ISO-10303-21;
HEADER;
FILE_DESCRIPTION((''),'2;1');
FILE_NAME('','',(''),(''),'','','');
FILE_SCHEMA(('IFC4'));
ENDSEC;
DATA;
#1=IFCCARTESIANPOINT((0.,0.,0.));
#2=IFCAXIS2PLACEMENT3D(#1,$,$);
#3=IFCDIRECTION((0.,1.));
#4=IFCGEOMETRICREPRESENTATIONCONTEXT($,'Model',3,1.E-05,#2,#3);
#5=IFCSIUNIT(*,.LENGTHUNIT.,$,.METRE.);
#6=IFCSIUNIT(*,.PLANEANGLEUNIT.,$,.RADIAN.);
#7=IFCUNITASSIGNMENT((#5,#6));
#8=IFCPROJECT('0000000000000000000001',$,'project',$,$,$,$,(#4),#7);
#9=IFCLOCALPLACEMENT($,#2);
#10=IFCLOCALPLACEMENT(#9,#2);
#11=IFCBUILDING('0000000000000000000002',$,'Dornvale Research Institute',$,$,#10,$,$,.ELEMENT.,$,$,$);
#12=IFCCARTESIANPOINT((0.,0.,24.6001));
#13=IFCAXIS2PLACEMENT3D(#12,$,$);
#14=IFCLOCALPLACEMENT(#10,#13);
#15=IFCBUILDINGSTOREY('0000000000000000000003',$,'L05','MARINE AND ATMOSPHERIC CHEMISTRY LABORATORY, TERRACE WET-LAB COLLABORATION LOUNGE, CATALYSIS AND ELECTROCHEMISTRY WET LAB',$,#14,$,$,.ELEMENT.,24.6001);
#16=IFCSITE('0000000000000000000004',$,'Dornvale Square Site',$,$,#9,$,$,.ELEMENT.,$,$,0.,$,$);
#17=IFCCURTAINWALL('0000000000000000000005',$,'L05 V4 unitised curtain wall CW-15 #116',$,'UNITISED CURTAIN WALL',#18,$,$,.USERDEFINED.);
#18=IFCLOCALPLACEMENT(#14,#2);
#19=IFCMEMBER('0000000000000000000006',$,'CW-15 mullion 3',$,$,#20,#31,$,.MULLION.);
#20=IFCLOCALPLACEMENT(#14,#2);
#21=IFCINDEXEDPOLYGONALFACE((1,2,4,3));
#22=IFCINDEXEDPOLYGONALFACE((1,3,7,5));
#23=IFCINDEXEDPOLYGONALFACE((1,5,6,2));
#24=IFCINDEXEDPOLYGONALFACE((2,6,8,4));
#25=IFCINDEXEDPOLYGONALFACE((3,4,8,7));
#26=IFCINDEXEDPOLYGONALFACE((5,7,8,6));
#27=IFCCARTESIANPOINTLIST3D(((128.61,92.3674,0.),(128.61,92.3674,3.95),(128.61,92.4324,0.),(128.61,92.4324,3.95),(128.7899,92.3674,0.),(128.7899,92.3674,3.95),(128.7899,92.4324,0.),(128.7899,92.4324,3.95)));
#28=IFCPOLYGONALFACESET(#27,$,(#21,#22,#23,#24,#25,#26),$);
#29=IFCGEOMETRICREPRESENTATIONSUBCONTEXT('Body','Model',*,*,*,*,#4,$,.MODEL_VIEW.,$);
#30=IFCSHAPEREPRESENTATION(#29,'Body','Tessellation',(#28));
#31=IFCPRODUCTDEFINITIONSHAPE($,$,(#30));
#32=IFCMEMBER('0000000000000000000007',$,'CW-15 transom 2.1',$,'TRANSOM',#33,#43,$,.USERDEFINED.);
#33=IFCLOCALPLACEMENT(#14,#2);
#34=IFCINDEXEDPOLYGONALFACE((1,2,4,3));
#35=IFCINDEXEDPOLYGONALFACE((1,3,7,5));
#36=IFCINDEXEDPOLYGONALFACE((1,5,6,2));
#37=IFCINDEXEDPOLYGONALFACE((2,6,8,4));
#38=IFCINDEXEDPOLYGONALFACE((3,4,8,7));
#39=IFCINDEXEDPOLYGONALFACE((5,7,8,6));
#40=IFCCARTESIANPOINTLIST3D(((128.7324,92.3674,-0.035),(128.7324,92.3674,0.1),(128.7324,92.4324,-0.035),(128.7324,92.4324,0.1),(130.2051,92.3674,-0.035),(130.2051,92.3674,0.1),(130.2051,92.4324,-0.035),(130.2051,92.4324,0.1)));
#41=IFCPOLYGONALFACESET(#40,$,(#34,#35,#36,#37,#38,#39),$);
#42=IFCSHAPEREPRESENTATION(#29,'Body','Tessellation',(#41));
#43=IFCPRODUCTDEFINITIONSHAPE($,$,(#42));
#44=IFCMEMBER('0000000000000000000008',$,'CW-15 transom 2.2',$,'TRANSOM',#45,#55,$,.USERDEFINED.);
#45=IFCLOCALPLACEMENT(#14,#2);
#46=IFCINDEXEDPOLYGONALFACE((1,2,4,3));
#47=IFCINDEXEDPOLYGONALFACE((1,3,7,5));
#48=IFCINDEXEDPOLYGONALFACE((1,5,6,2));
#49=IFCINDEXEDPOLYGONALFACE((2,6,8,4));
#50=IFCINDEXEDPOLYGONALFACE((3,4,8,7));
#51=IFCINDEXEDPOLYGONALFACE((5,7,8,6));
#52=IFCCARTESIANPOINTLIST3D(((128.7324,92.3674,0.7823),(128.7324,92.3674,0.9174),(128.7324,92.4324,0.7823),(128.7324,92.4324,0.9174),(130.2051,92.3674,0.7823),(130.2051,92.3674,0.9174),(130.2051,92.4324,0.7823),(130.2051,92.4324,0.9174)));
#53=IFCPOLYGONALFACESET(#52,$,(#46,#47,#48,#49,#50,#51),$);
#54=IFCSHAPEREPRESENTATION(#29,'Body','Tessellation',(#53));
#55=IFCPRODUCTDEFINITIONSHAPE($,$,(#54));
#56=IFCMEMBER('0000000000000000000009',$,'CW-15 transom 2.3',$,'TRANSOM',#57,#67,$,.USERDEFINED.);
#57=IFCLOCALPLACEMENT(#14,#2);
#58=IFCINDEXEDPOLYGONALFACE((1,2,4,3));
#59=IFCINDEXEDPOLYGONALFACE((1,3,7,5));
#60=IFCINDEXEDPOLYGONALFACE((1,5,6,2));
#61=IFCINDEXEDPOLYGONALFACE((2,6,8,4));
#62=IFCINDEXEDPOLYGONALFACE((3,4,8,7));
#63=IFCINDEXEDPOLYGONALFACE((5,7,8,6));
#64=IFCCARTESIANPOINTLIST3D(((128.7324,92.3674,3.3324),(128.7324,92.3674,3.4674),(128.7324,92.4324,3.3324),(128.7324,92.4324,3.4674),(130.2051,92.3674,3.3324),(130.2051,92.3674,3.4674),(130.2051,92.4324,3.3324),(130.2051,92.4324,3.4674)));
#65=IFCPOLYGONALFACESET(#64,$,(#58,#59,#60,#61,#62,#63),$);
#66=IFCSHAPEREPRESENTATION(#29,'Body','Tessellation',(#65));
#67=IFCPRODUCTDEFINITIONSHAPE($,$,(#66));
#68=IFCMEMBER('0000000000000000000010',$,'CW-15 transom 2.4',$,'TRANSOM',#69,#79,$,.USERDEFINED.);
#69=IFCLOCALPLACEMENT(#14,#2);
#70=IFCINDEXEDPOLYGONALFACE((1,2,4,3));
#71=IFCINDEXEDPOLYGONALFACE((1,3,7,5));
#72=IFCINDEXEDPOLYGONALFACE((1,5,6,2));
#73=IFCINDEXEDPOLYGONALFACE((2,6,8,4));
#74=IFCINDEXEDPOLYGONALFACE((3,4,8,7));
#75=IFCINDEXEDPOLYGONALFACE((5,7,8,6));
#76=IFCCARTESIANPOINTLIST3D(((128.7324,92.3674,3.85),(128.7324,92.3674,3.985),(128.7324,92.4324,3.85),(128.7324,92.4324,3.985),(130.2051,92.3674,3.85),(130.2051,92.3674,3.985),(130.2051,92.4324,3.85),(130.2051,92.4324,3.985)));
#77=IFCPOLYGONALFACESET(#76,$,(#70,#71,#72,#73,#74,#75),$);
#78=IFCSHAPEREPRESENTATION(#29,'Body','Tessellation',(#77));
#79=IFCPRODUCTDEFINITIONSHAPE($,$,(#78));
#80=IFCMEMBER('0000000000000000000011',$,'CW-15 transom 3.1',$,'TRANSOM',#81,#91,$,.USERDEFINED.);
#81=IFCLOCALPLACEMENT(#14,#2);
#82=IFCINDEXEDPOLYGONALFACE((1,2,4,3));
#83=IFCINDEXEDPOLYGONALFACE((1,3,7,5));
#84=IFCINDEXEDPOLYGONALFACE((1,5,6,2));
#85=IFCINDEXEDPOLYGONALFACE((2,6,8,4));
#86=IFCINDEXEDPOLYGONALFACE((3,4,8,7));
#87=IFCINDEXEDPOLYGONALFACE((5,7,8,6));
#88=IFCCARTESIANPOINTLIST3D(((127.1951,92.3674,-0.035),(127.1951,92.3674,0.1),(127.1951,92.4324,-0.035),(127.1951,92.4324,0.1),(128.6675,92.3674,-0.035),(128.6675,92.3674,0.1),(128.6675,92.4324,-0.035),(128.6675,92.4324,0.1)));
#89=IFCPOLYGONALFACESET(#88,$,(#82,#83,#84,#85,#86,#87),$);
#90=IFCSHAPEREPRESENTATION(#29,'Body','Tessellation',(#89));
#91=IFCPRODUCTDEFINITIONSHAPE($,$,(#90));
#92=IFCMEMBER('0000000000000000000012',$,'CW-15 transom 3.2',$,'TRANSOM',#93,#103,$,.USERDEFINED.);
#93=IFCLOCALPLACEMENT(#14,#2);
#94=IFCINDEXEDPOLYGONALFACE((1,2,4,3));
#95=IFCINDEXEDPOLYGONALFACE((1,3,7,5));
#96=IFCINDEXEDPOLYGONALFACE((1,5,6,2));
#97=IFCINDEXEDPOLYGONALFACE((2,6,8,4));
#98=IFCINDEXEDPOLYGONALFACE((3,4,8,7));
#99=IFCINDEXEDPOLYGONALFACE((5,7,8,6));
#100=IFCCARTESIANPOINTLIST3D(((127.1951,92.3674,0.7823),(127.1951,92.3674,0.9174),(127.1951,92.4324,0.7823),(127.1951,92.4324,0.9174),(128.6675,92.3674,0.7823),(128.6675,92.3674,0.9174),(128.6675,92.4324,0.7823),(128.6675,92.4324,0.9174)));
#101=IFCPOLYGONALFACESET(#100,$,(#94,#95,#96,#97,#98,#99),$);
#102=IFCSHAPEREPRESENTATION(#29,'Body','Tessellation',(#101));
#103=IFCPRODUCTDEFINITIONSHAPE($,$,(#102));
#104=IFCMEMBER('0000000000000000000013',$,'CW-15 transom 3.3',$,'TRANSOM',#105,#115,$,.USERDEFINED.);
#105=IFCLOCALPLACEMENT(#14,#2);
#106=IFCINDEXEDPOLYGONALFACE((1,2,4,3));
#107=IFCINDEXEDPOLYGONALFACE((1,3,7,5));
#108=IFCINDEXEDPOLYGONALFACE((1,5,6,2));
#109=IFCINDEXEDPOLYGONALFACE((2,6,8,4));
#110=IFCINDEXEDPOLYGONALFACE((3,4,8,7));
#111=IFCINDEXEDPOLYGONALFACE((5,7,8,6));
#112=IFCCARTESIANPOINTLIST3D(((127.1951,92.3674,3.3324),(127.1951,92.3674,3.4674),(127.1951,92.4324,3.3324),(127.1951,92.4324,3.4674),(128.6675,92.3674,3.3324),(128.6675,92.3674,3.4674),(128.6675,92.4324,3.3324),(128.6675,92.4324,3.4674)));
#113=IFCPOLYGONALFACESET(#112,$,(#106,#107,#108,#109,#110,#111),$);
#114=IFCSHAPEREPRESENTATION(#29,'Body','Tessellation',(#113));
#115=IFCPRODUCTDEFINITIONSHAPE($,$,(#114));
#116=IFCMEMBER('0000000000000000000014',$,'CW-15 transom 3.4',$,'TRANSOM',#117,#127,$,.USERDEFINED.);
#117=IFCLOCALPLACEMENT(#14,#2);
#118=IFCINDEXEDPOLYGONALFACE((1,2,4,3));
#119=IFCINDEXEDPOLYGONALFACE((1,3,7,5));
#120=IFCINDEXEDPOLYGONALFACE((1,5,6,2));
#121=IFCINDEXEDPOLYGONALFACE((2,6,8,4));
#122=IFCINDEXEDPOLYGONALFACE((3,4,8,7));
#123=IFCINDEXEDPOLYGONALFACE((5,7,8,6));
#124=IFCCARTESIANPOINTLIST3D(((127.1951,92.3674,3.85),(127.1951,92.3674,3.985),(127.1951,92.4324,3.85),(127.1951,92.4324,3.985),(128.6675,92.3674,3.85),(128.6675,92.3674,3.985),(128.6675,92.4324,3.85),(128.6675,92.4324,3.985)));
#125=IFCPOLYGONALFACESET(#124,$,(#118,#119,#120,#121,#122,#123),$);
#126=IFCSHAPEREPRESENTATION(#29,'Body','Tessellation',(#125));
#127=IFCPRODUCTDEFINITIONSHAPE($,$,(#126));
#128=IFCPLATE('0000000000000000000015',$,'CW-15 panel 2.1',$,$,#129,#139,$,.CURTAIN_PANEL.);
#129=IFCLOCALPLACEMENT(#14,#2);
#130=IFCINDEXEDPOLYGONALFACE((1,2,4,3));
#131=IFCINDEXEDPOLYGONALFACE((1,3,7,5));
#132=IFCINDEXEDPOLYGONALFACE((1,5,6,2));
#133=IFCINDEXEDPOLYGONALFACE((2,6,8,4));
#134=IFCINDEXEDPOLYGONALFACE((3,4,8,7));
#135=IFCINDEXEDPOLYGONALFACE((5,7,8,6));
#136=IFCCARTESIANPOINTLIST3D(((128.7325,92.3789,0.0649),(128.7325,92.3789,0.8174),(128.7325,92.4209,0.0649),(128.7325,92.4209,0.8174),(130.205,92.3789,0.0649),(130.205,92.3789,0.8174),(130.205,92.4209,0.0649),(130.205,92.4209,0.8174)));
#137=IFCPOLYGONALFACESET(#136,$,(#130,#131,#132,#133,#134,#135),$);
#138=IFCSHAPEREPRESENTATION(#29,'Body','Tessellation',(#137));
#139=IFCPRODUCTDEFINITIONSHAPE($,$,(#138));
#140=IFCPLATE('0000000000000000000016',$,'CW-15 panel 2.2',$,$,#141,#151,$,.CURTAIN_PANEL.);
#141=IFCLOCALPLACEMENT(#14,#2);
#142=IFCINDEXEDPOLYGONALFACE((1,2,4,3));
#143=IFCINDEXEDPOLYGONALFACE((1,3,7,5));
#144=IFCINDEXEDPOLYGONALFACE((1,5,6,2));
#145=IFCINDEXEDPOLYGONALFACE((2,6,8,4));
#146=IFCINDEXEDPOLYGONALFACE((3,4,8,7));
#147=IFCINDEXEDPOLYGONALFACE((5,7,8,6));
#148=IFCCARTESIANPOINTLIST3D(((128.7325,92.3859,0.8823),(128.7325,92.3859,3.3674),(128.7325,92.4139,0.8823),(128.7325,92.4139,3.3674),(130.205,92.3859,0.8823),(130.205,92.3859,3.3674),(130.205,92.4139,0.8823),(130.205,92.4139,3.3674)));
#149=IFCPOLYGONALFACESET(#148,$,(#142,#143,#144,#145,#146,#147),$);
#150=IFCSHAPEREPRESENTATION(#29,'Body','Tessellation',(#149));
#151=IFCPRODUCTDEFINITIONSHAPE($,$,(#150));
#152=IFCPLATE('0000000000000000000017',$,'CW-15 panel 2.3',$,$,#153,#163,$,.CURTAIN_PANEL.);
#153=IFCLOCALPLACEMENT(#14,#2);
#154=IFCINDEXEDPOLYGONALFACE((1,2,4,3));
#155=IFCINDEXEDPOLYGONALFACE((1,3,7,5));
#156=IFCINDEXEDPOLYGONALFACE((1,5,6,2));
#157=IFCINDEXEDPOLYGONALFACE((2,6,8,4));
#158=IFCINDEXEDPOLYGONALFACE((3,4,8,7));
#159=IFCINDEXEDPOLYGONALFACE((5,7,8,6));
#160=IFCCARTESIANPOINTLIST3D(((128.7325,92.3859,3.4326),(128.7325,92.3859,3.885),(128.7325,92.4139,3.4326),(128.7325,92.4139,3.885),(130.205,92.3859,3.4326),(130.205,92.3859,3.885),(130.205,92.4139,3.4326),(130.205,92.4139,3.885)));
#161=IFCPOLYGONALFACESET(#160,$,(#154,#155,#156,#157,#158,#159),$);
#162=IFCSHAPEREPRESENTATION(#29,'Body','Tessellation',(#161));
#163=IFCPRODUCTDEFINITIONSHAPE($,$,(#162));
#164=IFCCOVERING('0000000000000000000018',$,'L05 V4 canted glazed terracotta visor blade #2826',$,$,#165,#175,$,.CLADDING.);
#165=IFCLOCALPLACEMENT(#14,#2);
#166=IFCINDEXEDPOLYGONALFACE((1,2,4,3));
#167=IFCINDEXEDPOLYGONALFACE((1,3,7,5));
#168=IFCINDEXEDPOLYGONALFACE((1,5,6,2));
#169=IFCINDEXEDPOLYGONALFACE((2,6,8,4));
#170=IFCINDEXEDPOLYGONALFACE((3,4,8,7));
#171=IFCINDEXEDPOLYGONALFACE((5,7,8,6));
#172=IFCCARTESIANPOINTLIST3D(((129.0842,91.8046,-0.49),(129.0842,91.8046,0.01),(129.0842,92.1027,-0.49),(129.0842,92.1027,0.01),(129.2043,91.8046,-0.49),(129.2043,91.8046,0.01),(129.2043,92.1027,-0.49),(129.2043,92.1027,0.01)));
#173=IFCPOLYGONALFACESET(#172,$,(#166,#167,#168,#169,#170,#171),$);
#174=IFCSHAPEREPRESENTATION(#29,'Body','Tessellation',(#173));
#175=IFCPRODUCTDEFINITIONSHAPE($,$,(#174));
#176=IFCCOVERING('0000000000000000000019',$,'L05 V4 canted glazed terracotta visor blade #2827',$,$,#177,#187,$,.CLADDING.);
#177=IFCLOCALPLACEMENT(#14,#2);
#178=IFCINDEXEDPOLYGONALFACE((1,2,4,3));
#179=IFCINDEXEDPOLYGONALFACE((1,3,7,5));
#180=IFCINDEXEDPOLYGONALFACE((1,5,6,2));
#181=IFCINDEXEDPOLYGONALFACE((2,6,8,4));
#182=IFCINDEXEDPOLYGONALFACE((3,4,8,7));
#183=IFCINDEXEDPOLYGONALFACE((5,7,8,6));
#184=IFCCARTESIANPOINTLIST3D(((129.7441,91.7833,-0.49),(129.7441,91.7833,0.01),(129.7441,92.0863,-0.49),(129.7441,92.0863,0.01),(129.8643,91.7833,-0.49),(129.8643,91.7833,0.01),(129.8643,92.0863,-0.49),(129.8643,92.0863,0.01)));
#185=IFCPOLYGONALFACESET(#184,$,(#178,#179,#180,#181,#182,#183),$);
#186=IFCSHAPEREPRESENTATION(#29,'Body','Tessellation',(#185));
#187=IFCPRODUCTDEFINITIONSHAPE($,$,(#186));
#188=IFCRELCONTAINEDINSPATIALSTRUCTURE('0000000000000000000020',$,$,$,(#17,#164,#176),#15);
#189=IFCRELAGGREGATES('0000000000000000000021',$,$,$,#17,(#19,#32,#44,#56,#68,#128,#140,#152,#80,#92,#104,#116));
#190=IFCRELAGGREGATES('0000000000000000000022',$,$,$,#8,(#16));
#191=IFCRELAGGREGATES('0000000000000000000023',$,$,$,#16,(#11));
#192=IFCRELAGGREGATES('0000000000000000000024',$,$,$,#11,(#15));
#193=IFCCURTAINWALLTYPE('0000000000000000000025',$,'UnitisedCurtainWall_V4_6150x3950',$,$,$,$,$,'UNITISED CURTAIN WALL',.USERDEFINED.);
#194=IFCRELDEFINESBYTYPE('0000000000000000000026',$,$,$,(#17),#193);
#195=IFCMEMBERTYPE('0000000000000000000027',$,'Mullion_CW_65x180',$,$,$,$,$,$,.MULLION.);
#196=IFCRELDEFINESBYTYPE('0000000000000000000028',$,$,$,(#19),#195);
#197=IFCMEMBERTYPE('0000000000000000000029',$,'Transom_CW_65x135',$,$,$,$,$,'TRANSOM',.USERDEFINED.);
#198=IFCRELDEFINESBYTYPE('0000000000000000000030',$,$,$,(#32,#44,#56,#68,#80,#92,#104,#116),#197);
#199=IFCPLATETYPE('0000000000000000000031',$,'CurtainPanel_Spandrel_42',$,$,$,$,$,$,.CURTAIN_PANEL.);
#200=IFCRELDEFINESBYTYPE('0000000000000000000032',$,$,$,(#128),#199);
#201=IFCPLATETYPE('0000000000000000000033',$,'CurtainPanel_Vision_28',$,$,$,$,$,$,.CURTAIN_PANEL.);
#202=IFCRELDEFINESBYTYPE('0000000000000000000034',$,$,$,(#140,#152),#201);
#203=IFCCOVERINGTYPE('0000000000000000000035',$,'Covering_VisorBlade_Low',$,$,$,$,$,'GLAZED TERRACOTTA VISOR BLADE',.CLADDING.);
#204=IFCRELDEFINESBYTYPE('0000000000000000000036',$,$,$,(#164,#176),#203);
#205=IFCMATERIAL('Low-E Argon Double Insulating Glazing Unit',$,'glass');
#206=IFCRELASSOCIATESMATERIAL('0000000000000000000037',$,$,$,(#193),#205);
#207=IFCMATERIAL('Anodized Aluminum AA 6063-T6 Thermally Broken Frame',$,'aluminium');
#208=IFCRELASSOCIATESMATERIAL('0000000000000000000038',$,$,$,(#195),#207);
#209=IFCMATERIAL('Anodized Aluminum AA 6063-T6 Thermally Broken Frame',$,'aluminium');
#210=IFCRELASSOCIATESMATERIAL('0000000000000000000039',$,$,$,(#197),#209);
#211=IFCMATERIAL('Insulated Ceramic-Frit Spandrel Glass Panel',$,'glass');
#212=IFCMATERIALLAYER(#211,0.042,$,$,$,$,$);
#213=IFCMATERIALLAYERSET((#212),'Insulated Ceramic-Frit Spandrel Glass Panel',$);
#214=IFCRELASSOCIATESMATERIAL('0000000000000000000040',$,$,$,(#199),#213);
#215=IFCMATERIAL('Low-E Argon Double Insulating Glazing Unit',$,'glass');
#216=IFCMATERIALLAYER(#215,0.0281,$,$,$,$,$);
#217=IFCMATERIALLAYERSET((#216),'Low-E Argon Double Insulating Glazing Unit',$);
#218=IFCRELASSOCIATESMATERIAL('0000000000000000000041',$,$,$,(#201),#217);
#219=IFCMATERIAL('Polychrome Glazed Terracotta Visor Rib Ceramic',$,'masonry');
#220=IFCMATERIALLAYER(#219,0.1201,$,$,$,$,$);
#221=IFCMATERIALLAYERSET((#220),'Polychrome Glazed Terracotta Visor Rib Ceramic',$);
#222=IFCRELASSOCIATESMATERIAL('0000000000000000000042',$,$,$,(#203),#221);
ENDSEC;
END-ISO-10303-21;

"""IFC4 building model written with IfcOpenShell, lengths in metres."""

from ifc_helpers import new_model, si_unit, direction, frame, origin, origin_2d, place, context, subcontext, project, spatial, rectangle, extrude, material, layer, layer_set, material_profile, profile_set, type_object, element, aggregate, save


model = new_model("IFC4")

# Units and contexts
model_context = context("Model", 3, precision=1e-05, world=origin(), true_north=direction((0.0, 1.0)))
body_context = subcontext(model_context, "Body", "Model", "MODEL_VIEW")
ifc_project = project(units=[si_unit("LENGTHUNIT", "METRE"), si_unit("PLANEANGLEUNIT", "RADIAN")], contexts=[model_context])

# Site, building, storey
site_placement = place(None, origin())
site = spatial("IfcSite", under=ifc_project, at=site_placement, Name="Dornvale Square Site", CompositionType="ELEMENT", RefElevation=0.0)
building_placement = place(site_placement, origin())
building = spatial("IfcBuilding", under=site, at=building_placement, Name="Dornvale Research Institute", CompositionType="ELEMENT")
storey_placement = place(building_placement, frame((0.0, 0.0, 24.6001)))
storey = spatial("IfcBuildingStorey", under=building, at=storey_placement, Name="L05", Description="MARINE AND ATMOSPHERIC CHEMISTRY LABORATORY, TERRACE WET-LAB COLLABORATION LOUNGE, CATALYSIS AND ELECTROCHEMISTRY WET LAB", CompositionType="ELEMENT", Elevation=24.6001)

# Curtain wall, members, plates
ifc_material_1 = material(Name="Low-E Argon Double Insulating Glazing Unit", Category="glass")
curtain_wall_type = type_object("IfcCurtainWallType", Name="UnitisedCurtainWall_V4_6150x3950", ElementType="UNITISED CURTAIN WALL", PredefinedType="USERDEFINED", material=ifc_material_1)
curtain_wall_placement = place(storey_placement, origin())
curtain_wall = element("IfcCurtainWall", 1, at=curtain_wall_placement, inside=storey, type_object=curtain_wall_type, Name="L05 V4 unitised curtain wall CW-15 #116", ObjectType="UNITISED CURTAIN WALL", PredefinedType="USERDEFINED")
ifc_material_2 = material(Name="Anodized Aluminum AA 6063-T6 Thermally Broken Frame", Category="aluminium")
ifc_material_profile_1 = material_profile(ifc_material_2, rectangle(XDim=0.0649, YDim=0.1799, at=origin_2d()), Name="ALU MULLION 65x180")
ifc_profile_set_1 = profile_set([ifc_material_profile_1], Name="Anodized Aluminum AA 6063-T6 Thermally Broken Frame")
member_type_1 = type_object("IfcMemberType", Name="Mullion_CW_65x180", PredefinedType="MULLION", material=ifc_profile_set_1)
member_1_placement = place(storey_placement, frame((128.7, 92.3999, 0.0), z_axis=(0.0, 0.0, 1.0), x_axis=(0.0, -1.0, 0.0)))
member_1 = element("IfcMember", 2, at=member_1_placement, type_object=member_type_1, Name="CW-15 mullion 3", PredefinedType="MULLION", context=body_context, shape_type="SweptSolid", body=[
    extrude(rectangle(XDim=0.0649, YDim=0.1799, at=origin_2d()), origin(), (0.0, 0.0, 1.0), 3.95),
])
ifc_material_3 = material(Name="Anodized Aluminum AA 6063-T6 Thermally Broken Frame", Category="aluminium")
ifc_material_profile_2 = material_profile(ifc_material_3, rectangle(XDim=0.0649, YDim=0.135, at=origin_2d()), Name="ALU TRANSOM 65x135")
ifc_profile_set_2 = profile_set([ifc_material_profile_2], Name="Anodized Aluminum AA 6063-T6 Thermally Broken Frame")
member_type_2 = type_object("IfcMemberType", Name="Transom_CW_65x135", ElementType="TRANSOM", PredefinedType="USERDEFINED", material=ifc_profile_set_2)
member_2_placement = place(storey_placement, frame((130.2051, 92.3999, 0.0325), z_axis=(-1.0, 0.0, 0.0), x_axis=(0.0, -1.0, 0.0)))
member_2 = element("IfcMember", 3, at=member_2_placement, type_object=member_type_2, Name="CW-15 transom 2.1", ObjectType="TRANSOM", PredefinedType="USERDEFINED", context=body_context, shape_type="SweptSolid", body=[
    extrude(rectangle(XDim=0.0649, YDim=0.135, at=origin_2d()), origin(), (0.0, 0.0, 1.0), 1.4727),
])
member_3_placement = place(storey_placement, frame((130.2051, 92.3999, 0.8499), z_axis=(-1.0, 0.0, 0.0), x_axis=(0.0, -1.0, 0.0)))
member_3 = element("IfcMember", 4, at=member_3_placement, type_object=member_type_2, Name="CW-15 transom 2.2", ObjectType="TRANSOM", PredefinedType="USERDEFINED", context=body_context, shape_type="SweptSolid", body=[
    extrude(rectangle(XDim=0.0649, YDim=0.135, at=origin_2d()), origin(), (0.0, 0.0, 1.0), 1.4727),
])
member_4_placement = place(storey_placement, frame((130.2051, 92.3999, 3.3999), z_axis=(-1.0, 0.0, 0.0), x_axis=(0.0, -1.0, 0.0)))
member_4 = element("IfcMember", 5, at=member_4_placement, type_object=member_type_2, Name="CW-15 transom 2.3", ObjectType="TRANSOM", PredefinedType="USERDEFINED", context=body_context, shape_type="SweptSolid", body=[
    extrude(rectangle(XDim=0.0649, YDim=0.135, at=origin_2d()), origin(), (0.0, 0.0, 1.0), 1.4727),
])
member_5_placement = place(storey_placement, frame((130.2051, 92.3999, 3.9175), z_axis=(-1.0, 0.0, 0.0), x_axis=(0.0, -1.0, 0.0)))
member_5 = element("IfcMember", 6, at=member_5_placement, type_object=member_type_2, Name="CW-15 transom 2.4", ObjectType="TRANSOM", PredefinedType="USERDEFINED", context=body_context, shape_type="SweptSolid", body=[
    extrude(rectangle(XDim=0.0649, YDim=0.135, at=origin_2d()), origin(), (0.0, 0.0, 1.0), 1.4727),
])
member_6_placement = place(storey_placement, frame((128.6675, 92.3999, 0.0325), z_axis=(-1.0, 0.0, 0.0), x_axis=(0.0, -1.0, 0.0)))
member_6 = element("IfcMember", 7, at=member_6_placement, type_object=member_type_2, Name="CW-15 transom 3.1", ObjectType="TRANSOM", PredefinedType="USERDEFINED", context=body_context, shape_type="SweptSolid", body=[
    extrude(rectangle(XDim=0.0649, YDim=0.135, at=origin_2d()), origin(), (0.0, 0.0, 1.0), 1.4724),
])
member_7_placement = place(storey_placement, frame((128.6675, 92.3999, 0.8499), z_axis=(-1.0, 0.0, 0.0), x_axis=(0.0, -1.0, 0.0)))
member_7 = element("IfcMember", 8, at=member_7_placement, type_object=member_type_2, Name="CW-15 transom 3.2", ObjectType="TRANSOM", PredefinedType="USERDEFINED", context=body_context, shape_type="SweptSolid", body=[
    extrude(rectangle(XDim=0.0649, YDim=0.135, at=origin_2d()), origin(), (0.0, 0.0, 1.0), 1.4724),
])
member_8_placement = place(storey_placement, frame((128.6675, 92.3999, 3.3999), z_axis=(-1.0, 0.0, 0.0), x_axis=(0.0, -1.0, 0.0)))
member_8 = element("IfcMember", 9, at=member_8_placement, type_object=member_type_2, Name="CW-15 transom 3.3", ObjectType="TRANSOM", PredefinedType="USERDEFINED", context=body_context, shape_type="SweptSolid", body=[
    extrude(rectangle(XDim=0.0649, YDim=0.135, at=origin_2d()), origin(), (0.0, 0.0, 1.0), 1.4724),
])
member_9_placement = place(storey_placement, frame((128.6675, 92.3999, 3.9175), z_axis=(-1.0, 0.0, 0.0), x_axis=(0.0, -1.0, 0.0)))
member_9 = element("IfcMember", 10, at=member_9_placement, type_object=member_type_2, Name="CW-15 transom 3.4", ObjectType="TRANSOM", PredefinedType="USERDEFINED", context=body_context, shape_type="SweptSolid", body=[
    extrude(rectangle(XDim=0.0649, YDim=0.135, at=origin_2d()), origin(), (0.0, 0.0, 1.0), 1.4724),
])
ifc_material_4 = material(Name="Insulated Ceramic-Frit Spandrel Glass Panel", Category="glass")
ifc_layer_1 = layer(ifc_material_4, 0.042)
ifc_layer_set_1 = layer_set([ifc_layer_1], Name="Insulated Ceramic-Frit Spandrel Glass Panel")
plate_type_1 = type_object("IfcPlateType", Name="CurtainPanel_Spandrel_42", PredefinedType="CURTAIN_PANEL", material=ifc_layer_set_1)
plate_1_placement = place(storey_placement, frame((129.4688, 92.3999, 0.0649), z_axis=(0.0, 0.0, 1.0), x_axis=(-1.0, 0.0, 0.0)))
plate_1 = element("IfcPlate", 11, at=plate_1_placement, type_object=plate_type_1, Name="CW-15 panel 2.1", PredefinedType="CURTAIN_PANEL", context=body_context, shape_type="SweptSolid", body=[
    extrude(rectangle(XDim=1.4724, YDim=0.042, at=origin_2d()), origin(), (0.0, 0.0, 1.0), 0.7524),
])
ifc_material_5 = material(Name="Low-E Argon Double Insulating Glazing Unit", Category="glass")
ifc_layer_2 = layer(ifc_material_5, 0.0281)
ifc_layer_set_2 = layer_set([ifc_layer_2], Name="Low-E Argon Double Insulating Glazing Unit")
plate_type_2 = type_object("IfcPlateType", Name="CurtainPanel_Vision_28", PredefinedType="CURTAIN_PANEL", material=ifc_layer_set_2)
plate_2_placement = place(storey_placement, frame((129.4688, 92.3999, 0.8823), z_axis=(0.0, 0.0, 1.0), x_axis=(-1.0, 0.0, 0.0)))
plate_2 = element("IfcPlate", 12, at=plate_2_placement, type_object=plate_type_2, Name="CW-15 panel 2.2", PredefinedType="CURTAIN_PANEL", context=body_context, shape_type="SweptSolid", body=[
    extrude(rectangle(XDim=1.4724, YDim=0.0281, at=origin_2d()), origin(), (0.0, 0.0, 1.0), 2.4851),
])
plate_3_placement = place(storey_placement, frame((129.4688, 92.3999, 3.4326), z_axis=(0.0, 0.0, 1.0), x_axis=(-1.0, 0.0, 0.0)))
plate_3 = element("IfcPlate", 13, at=plate_3_placement, type_object=plate_type_2, Name="CW-15 panel 2.3", PredefinedType="CURTAIN_PANEL", context=body_context, shape_type="SweptSolid", body=[
    extrude(rectangle(XDim=1.4724, YDim=0.0281, at=origin_2d()), origin(), (0.0, 0.0, 1.0), 0.4524),
])
aggregate(curtain_wall, [member_1, member_2, member_3, member_4, member_5, plate_1, plate_2, plate_3, member_6, member_7, member_8, member_9])

# Coverings
ifc_material_6 = material(Name="Polychrome Glazed Terracotta Visor Rib Ceramic", Category="masonry")
ifc_layer_3 = layer(ifc_material_6, 0.1201)
ifc_layer_set_3 = layer_set([ifc_layer_3], Name="Polychrome Glazed Terracotta Visor Rib Ceramic")
covering_type = type_object("IfcCoveringType", Name="Covering_VisorBlade_Low", ElementType="GLAZED TERRACOTTA VISOR BLADE", PredefinedType="CLADDING", material=ifc_layer_set_3)
covering_1_placement = place(storey_placement, frame((129.1443, 91.9536, -0.49), z_axis=(0.0, 0.0, 1.0), x_axis=(0.0, 1.0, 0.0)))
element("IfcCovering", 14, at=covering_1_placement, inside=storey, type_object=covering_type, Name="L05 V4 canted glazed terracotta visor blade #2826", PredefinedType="CLADDING", context=body_context, shape_type="SweptSolid", body=[
    extrude(rectangle(XDim=0.2981, YDim=0.1201, at=origin_2d()), origin(), (0.0, 0.0, 1.0), 0.5),
])
covering_2_placement = place(storey_placement, frame((129.8042, 91.9348, -0.49), z_axis=(0.0, 0.0, 1.0), x_axis=(0.0, 1.0, 0.0)))
element("IfcCovering", 15, at=covering_2_placement, inside=storey, type_object=covering_type, Name="L05 V4 canted glazed terracotta visor blade #2827", PredefinedType="CLADDING", context=body_context, shape_type="SweptSolid", body=[
    extrude(rectangle(XDim=0.303, YDim=0.1201, at=origin_2d()), origin(), (0.0, 0.0, 1.0), 0.5),
])

save(model, "model.ifc")
